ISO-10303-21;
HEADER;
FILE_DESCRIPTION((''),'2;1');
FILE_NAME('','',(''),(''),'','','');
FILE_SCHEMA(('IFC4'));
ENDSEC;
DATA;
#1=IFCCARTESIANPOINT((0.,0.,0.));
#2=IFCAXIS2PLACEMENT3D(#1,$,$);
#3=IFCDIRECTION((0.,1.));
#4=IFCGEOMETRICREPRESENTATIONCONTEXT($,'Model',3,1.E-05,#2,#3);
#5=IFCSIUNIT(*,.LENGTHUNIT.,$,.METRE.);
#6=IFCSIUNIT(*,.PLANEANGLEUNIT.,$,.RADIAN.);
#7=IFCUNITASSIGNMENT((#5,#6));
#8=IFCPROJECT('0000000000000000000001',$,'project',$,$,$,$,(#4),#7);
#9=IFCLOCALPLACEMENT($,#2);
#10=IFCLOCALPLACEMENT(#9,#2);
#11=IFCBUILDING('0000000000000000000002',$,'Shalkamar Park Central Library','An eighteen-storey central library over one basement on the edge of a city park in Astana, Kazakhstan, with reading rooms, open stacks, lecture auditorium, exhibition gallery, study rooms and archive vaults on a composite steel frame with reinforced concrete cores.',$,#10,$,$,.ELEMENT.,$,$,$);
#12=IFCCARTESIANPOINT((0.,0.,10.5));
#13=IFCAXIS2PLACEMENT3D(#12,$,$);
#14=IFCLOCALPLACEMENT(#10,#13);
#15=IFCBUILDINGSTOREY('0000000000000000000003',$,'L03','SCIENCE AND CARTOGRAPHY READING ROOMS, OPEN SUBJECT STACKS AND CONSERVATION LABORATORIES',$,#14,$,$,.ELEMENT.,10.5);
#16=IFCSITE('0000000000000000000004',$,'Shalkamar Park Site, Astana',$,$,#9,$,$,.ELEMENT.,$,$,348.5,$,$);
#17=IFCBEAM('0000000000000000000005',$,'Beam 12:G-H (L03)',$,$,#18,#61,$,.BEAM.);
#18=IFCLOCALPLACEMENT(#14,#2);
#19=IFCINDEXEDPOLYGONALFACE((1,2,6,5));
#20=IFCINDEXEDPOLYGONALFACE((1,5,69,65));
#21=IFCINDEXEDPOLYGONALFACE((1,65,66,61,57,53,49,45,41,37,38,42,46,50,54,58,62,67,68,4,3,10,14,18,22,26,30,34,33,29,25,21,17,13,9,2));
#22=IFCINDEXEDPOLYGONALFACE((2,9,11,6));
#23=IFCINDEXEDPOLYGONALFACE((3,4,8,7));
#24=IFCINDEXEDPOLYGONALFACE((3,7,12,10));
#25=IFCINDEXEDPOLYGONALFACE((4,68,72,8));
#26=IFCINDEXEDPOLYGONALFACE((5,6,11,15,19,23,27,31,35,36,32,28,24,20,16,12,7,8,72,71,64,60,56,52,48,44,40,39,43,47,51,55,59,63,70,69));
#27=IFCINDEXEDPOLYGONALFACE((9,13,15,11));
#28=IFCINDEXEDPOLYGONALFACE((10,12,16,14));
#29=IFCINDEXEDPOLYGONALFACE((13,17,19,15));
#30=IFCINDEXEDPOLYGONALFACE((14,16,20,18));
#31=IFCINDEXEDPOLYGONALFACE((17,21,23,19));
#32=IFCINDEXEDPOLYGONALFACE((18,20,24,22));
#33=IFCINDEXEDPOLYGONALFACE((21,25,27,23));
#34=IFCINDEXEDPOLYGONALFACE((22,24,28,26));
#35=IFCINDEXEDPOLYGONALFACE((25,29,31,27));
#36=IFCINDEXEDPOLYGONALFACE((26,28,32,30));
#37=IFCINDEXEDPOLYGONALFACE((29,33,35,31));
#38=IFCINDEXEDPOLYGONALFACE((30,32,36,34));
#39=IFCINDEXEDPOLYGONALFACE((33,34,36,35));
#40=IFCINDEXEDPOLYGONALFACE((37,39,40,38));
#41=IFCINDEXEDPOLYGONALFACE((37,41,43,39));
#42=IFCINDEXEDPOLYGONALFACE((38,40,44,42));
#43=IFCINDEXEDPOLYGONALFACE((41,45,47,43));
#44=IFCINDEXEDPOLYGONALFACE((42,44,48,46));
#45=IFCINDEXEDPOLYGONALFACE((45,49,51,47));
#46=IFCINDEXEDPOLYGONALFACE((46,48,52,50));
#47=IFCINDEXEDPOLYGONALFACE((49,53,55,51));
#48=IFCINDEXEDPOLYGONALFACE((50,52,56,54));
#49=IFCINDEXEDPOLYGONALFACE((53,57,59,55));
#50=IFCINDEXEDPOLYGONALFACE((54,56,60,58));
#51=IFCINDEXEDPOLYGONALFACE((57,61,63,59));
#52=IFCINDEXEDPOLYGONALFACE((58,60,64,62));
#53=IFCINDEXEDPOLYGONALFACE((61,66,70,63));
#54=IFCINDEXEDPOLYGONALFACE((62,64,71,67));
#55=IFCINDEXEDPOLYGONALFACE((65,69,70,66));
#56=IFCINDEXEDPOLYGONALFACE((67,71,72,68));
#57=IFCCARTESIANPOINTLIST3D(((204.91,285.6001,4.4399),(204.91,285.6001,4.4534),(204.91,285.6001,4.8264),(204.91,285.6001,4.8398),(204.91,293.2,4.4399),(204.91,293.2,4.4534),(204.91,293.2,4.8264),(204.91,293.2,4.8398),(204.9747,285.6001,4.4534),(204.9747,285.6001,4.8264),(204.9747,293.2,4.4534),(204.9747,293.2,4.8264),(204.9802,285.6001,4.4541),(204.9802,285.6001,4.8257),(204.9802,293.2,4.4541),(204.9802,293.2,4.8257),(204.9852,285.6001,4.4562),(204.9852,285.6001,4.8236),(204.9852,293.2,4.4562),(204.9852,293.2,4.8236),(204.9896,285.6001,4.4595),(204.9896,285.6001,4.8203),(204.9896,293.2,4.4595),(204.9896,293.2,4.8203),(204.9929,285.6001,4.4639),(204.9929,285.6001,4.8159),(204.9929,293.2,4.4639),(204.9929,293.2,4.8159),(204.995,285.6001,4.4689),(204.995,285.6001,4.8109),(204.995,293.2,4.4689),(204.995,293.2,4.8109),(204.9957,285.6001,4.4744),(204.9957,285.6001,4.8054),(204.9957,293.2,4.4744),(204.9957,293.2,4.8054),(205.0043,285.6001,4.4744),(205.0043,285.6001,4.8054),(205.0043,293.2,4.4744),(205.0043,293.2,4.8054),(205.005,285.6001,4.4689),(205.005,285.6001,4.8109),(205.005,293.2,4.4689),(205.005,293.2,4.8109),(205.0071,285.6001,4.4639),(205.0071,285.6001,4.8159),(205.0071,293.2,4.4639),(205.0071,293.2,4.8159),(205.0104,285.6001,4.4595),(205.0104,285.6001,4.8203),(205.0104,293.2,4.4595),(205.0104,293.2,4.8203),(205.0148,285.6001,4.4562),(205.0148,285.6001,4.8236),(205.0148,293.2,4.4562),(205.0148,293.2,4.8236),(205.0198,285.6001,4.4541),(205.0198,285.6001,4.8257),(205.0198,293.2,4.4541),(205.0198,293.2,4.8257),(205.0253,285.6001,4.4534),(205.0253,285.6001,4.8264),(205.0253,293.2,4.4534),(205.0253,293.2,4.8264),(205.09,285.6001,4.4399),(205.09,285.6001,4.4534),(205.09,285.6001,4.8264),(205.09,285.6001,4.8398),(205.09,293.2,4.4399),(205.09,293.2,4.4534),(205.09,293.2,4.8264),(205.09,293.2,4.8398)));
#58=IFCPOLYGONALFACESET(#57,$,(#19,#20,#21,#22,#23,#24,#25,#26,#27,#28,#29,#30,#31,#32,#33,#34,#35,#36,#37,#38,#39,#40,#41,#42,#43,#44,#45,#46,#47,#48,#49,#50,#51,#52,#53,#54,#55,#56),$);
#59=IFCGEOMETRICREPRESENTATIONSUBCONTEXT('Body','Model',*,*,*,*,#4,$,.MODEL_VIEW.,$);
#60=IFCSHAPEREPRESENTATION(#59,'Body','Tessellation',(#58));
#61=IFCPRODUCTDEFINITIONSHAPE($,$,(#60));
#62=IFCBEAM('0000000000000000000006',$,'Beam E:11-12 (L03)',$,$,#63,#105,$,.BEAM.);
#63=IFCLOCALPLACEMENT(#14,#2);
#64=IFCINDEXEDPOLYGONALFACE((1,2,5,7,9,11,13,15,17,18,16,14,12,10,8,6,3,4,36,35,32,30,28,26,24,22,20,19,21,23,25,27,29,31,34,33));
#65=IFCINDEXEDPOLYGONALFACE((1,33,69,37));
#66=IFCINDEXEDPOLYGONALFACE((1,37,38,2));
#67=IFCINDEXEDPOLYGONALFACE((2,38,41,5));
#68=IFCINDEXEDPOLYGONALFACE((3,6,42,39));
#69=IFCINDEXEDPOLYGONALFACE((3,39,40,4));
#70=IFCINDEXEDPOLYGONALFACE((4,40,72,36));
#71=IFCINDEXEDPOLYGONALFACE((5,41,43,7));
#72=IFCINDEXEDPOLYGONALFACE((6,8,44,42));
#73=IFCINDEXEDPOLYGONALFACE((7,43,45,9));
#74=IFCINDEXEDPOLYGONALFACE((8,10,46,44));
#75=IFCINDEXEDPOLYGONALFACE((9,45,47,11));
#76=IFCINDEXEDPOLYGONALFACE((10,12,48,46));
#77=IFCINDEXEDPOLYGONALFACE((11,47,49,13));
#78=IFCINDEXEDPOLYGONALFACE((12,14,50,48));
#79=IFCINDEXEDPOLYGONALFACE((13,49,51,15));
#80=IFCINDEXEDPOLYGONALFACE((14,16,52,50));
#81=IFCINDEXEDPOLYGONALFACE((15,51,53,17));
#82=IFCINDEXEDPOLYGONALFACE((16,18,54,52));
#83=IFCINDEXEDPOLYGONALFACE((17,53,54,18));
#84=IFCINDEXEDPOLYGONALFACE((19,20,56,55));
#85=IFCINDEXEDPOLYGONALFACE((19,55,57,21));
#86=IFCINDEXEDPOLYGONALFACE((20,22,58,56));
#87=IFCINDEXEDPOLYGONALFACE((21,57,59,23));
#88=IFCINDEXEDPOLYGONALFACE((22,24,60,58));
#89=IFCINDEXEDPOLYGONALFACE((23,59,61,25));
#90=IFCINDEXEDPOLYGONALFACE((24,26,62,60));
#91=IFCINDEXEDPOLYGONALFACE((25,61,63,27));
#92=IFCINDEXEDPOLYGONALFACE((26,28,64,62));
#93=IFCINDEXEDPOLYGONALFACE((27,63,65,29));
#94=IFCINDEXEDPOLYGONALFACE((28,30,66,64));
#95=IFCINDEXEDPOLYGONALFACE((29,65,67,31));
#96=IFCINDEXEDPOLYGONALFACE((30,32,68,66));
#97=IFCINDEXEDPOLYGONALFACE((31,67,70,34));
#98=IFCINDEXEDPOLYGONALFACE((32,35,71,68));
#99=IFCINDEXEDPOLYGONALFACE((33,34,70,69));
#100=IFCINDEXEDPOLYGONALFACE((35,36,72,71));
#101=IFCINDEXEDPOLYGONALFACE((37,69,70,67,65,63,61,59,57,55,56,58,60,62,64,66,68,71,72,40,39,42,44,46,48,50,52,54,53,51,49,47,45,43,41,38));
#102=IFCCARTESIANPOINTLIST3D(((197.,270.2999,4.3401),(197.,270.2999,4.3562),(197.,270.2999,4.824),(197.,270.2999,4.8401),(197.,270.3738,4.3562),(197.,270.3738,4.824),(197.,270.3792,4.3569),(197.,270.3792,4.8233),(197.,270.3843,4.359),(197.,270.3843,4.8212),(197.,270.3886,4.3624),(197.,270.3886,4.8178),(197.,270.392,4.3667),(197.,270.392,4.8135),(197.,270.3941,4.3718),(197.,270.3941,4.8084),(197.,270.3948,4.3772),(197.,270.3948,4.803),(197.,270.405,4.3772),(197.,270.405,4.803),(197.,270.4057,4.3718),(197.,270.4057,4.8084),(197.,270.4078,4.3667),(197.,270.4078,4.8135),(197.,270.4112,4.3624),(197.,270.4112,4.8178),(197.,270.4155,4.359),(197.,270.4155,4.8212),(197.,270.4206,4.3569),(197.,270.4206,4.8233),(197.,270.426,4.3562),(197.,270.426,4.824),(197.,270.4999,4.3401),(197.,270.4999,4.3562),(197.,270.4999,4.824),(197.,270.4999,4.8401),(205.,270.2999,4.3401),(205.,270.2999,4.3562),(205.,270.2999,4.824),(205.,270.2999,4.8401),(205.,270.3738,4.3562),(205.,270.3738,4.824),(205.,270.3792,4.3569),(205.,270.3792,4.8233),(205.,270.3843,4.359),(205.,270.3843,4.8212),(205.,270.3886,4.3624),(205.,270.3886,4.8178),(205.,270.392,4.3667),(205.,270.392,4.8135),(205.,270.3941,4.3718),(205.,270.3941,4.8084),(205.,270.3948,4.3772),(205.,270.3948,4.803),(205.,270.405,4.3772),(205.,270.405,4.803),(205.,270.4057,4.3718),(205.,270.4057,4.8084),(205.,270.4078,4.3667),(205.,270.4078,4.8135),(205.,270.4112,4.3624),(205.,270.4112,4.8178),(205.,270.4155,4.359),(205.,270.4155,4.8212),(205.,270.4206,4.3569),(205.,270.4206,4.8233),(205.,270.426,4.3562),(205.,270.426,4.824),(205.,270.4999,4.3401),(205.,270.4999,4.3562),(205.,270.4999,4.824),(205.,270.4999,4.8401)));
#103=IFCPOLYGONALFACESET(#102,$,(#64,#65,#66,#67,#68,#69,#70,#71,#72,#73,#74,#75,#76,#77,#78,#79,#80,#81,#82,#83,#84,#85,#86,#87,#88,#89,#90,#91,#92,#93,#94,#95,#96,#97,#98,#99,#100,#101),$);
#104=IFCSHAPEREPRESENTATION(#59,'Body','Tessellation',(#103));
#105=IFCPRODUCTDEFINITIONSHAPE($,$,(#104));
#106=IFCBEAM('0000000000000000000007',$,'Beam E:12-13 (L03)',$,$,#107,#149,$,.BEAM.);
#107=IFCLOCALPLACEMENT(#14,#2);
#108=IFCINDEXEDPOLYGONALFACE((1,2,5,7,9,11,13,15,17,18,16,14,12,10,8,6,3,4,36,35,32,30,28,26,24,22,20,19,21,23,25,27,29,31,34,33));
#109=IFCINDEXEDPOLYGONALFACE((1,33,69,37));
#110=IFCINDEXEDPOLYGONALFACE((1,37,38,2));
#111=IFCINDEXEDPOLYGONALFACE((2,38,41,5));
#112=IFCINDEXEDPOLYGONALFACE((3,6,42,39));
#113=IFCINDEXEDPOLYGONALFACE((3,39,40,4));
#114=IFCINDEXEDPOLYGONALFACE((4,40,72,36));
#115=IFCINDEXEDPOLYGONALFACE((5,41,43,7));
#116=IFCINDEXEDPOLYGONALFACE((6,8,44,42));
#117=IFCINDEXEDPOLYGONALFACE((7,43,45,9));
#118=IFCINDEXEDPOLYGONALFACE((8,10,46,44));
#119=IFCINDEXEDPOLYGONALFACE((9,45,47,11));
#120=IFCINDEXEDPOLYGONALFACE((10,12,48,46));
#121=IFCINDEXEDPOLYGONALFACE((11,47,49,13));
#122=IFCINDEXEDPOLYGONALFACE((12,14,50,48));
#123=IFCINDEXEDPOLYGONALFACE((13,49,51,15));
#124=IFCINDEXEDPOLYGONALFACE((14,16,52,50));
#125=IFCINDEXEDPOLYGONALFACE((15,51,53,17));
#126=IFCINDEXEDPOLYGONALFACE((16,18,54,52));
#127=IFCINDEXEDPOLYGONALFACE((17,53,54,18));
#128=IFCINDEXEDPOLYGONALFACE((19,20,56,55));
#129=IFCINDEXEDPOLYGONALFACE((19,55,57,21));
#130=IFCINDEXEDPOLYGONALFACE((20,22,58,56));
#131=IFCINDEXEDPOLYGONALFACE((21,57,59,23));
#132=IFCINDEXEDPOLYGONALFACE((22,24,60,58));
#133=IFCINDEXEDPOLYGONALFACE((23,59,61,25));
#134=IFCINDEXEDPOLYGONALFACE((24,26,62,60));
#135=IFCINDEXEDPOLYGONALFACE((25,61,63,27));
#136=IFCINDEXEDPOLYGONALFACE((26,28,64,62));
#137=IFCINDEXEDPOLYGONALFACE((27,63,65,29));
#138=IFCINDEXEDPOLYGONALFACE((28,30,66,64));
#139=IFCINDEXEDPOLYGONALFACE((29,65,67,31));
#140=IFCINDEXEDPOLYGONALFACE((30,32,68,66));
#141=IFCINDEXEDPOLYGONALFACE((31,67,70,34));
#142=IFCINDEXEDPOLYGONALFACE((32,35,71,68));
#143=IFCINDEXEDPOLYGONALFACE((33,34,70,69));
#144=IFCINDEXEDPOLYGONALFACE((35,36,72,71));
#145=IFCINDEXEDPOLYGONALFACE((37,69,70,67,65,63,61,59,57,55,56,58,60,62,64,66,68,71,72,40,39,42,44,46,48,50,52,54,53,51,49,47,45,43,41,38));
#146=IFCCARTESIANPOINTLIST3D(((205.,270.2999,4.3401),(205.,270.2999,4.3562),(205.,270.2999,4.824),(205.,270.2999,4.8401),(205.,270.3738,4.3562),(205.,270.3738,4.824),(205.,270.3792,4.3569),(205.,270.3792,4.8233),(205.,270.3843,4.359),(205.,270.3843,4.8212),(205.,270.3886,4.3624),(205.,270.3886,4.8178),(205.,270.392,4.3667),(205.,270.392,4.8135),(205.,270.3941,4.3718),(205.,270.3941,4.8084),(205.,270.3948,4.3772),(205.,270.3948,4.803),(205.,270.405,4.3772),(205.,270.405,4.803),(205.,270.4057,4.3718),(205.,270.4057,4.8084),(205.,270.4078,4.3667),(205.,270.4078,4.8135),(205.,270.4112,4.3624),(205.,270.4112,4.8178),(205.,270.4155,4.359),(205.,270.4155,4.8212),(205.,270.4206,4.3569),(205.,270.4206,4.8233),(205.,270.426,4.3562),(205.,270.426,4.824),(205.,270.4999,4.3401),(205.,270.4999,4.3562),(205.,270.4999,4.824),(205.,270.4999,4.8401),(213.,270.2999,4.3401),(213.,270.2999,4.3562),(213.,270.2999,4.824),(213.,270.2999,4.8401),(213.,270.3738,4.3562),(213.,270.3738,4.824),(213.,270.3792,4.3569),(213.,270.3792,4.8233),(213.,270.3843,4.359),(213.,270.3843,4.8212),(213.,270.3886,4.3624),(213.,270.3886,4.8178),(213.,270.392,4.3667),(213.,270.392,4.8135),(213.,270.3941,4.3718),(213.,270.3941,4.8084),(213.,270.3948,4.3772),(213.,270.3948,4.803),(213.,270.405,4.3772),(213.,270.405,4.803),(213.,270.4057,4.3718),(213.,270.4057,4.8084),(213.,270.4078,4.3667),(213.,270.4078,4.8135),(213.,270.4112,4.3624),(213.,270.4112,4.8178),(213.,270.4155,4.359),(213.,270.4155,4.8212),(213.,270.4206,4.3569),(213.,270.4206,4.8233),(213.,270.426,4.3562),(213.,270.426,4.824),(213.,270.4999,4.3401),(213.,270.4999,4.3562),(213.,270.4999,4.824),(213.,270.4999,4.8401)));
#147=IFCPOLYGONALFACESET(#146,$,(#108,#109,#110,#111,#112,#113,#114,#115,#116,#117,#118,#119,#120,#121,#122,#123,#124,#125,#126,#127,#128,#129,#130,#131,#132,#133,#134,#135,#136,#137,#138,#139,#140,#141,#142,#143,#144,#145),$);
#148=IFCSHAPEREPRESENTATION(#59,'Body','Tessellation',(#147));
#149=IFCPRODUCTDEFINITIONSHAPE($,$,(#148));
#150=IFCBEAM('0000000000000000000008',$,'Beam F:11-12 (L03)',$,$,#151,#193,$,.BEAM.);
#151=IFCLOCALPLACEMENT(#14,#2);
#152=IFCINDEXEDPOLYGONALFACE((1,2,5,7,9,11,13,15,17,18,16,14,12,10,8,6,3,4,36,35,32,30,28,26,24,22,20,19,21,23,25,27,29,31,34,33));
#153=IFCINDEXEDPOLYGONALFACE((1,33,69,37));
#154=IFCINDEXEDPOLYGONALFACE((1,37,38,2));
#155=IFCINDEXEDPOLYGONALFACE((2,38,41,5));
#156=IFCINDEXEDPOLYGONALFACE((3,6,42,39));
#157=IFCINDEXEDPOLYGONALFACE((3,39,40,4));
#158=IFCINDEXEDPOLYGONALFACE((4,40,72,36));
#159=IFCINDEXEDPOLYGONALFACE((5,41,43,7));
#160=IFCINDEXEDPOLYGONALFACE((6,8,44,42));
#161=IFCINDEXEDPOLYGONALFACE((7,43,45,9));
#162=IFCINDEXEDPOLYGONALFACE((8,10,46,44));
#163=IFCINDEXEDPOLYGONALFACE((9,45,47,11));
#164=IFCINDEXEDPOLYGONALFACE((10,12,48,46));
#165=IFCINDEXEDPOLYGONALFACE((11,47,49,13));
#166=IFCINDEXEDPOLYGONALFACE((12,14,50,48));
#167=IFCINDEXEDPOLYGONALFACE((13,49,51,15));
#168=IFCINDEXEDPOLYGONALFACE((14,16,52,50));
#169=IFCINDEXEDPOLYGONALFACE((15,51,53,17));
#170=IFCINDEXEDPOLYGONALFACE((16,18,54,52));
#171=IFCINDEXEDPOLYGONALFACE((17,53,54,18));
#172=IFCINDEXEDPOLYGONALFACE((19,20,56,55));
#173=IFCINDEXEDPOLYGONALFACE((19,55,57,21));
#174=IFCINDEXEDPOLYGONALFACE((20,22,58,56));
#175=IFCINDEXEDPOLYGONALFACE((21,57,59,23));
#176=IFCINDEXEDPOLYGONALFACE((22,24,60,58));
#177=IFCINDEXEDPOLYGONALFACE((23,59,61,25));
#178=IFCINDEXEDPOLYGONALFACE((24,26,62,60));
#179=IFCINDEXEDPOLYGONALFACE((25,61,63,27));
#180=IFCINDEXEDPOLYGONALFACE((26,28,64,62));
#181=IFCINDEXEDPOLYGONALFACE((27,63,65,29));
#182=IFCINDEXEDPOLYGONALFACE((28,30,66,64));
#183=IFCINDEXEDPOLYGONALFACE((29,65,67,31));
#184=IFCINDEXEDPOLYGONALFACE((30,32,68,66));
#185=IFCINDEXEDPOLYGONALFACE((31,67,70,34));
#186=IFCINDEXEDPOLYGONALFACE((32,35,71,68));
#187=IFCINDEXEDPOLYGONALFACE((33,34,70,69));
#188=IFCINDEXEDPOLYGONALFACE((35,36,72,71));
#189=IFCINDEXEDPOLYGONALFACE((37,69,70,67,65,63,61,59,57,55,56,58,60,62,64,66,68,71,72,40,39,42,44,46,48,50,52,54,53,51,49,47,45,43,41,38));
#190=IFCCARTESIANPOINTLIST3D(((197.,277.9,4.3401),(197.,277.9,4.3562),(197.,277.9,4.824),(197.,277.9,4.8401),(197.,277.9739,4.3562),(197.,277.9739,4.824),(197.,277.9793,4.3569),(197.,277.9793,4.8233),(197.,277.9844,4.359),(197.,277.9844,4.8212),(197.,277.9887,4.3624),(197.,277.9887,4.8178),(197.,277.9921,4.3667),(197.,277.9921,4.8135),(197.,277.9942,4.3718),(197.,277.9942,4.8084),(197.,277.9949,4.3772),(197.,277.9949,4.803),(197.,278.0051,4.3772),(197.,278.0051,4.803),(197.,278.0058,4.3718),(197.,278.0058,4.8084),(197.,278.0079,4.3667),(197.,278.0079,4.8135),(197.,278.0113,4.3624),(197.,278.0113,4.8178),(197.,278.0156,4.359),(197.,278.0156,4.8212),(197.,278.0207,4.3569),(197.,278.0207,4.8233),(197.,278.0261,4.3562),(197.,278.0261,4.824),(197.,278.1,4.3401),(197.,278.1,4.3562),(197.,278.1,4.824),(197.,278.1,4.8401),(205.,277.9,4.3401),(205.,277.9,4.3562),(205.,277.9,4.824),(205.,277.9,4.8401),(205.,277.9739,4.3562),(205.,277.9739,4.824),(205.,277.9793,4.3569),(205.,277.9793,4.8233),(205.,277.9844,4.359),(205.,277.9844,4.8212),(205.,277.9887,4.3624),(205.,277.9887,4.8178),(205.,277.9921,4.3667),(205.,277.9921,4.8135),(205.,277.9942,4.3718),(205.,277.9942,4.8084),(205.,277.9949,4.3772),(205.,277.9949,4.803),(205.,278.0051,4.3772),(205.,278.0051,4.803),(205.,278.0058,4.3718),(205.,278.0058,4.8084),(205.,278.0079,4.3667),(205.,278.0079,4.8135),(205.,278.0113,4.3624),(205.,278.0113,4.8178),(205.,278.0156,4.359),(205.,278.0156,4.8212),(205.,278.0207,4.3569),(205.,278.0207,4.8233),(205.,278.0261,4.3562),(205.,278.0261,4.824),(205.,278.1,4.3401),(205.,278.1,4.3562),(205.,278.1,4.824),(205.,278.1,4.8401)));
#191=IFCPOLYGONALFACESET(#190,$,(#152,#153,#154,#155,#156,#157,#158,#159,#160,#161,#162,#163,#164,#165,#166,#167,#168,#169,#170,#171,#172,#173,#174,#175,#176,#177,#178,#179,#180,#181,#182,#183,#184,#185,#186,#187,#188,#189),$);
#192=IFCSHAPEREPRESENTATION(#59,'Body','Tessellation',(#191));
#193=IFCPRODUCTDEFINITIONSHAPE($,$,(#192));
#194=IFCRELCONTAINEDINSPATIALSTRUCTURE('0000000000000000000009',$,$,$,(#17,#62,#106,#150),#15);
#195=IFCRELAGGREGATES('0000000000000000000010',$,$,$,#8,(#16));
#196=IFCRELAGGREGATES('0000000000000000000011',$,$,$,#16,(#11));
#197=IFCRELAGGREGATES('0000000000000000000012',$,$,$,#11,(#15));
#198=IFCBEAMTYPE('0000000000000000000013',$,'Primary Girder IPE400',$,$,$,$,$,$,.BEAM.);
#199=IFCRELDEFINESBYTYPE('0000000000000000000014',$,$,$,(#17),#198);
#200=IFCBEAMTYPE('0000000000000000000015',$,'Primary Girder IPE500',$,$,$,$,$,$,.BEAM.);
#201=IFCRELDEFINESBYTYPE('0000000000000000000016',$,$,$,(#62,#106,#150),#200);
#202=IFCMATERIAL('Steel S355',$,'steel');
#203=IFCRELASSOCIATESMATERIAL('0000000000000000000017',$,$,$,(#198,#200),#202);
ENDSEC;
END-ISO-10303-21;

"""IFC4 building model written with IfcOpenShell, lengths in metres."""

from ifc_helpers import new_model, si_unit, direction, frame, origin, origin_2d, place, context, subcontext, project, spatial, i_section, extrude, material, material_profile, profile_set, type_object, element, save


model = new_model("IFC4")

# Units and contexts
model_context = context("Model", 3, precision=1e-05, world=origin(), true_north=direction((0.0, 1.0)))
body_context = subcontext(model_context, "Body", "Model", "MODEL_VIEW")
ifc_project = project(units=[si_unit("LENGTHUNIT", "METRE"), si_unit("PLANEANGLEUNIT", "RADIAN")], contexts=[model_context])

# Site, building, storey
site_placement = place(None, origin())
site = spatial("IfcSite", under=ifc_project, at=site_placement, Name="Shalkamar Park Site, Astana", CompositionType="ELEMENT", RefElevation=348.5)
building_placement = place(site_placement, origin())
building = spatial("IfcBuilding", under=site, at=building_placement, Name="Shalkamar Park Central Library", Description="An eighteen-storey central library over one basement on the edge of a city park in Astana, Kazakhstan, with reading rooms, open stacks, lecture auditorium, exhibition gallery, study rooms and archive vaults on a composite steel frame with reinforced concrete cores.", CompositionType="ELEMENT")
storey_placement = place(building_placement, frame((0.0, 0.0, 10.5)))
storey = spatial("IfcBuildingStorey", under=building, at=storey_placement, Name="L03", Description="SCIENCE AND CARTOGRAPHY READING ROOMS, OPEN SUBJECT STACKS AND CONSERVATION LABORATORIES", CompositionType="ELEMENT", Elevation=10.5)

# Shared definitions
ifc_material = material(Name="Steel S355", Category="steel")

# Beams
ifc_material_profile_1 = material_profile(ifc_material, i_section(OverallWidth=0.1799, OverallDepth=0.3999, WebThickness=0.0085, FlangeThickness=0.0134, FilletRadius=0.021, at=origin_2d()), Name="IPE 400")
ifc_profile_set_1 = profile_set([ifc_material_profile_1], Name="Steel S355")
beam_type_1 = type_object("IfcBeamType", Name="Primary Girder IPE400", PredefinedType="BEAM", material=ifc_profile_set_1)
beam_placement = place(storey_placement, frame((205.0, 285.6001, 4.6399), z_axis=(0.0, 1.0, 0.0), x_axis=(-1.0, 0.0, 0.0)))
element("IfcBeam", 1, at=beam_placement, inside=storey, type_object=beam_type_1, Name="Beam 12:G-H (L03)", PredefinedType="BEAM", context=body_context, shape_type="SweptSolid", body=[
    extrude(i_section(OverallWidth=0.1799, OverallDepth=0.3999, WebThickness=0.0085, FlangeThickness=0.0134, FilletRadius=0.021, at=origin_2d()), origin(), (0.0, 0.0, 1.0), 7.5999),
])
ifc_material_profile_2 = material_profile(ifc_material, i_section(OverallWidth=0.2, OverallDepth=0.5, WebThickness=0.0103, FlangeThickness=0.0161, FilletRadius=0.021, at=origin_2d()), Name="IPE 500")
ifc_profile_set_2 = profile_set([ifc_material_profile_2], Name="Steel S355")
beam_type_2 = type_object("IfcBeamType", Name="Primary Girder IPE500", PredefinedType="BEAM", material=ifc_profile_set_2)
for number, where, z_axis, x_axis, name in (
    (2, (197.0, 270.3999, 4.5901), (1.0, 0.0, 0.0), (0.0, 1.0, 0.0), "Beam E:11-12 (L03)"),
    (3, (205.0, 270.3999, 4.5901), (1.0, 0.0, 0.0), (0.0, 1.0, 0.0), "Beam E:12-13 (L03)"),
    (4, (197.0, 278.0, 4.5901), (1.0, 0.0, 0.0), (0.0, 1.0, 0.0), "Beam F:11-12 (L03)"),
):
    element("IfcBeam", number, at=place(storey_placement, frame(where, z_axis=z_axis, x_axis=x_axis)), inside=storey, type_object=beam_type_2, Name=name, PredefinedType="BEAM", context=body_context, shape_type="SweptSolid", body=[
        extrude(i_section(OverallWidth=0.2, OverallDepth=0.5, WebThickness=0.0103, FlangeThickness=0.0161, FilletRadius=0.021, at=origin_2d()), origin(), (0.0, 0.0, 1.0), 8.0),
    ])

save(model, "model.ifc")
